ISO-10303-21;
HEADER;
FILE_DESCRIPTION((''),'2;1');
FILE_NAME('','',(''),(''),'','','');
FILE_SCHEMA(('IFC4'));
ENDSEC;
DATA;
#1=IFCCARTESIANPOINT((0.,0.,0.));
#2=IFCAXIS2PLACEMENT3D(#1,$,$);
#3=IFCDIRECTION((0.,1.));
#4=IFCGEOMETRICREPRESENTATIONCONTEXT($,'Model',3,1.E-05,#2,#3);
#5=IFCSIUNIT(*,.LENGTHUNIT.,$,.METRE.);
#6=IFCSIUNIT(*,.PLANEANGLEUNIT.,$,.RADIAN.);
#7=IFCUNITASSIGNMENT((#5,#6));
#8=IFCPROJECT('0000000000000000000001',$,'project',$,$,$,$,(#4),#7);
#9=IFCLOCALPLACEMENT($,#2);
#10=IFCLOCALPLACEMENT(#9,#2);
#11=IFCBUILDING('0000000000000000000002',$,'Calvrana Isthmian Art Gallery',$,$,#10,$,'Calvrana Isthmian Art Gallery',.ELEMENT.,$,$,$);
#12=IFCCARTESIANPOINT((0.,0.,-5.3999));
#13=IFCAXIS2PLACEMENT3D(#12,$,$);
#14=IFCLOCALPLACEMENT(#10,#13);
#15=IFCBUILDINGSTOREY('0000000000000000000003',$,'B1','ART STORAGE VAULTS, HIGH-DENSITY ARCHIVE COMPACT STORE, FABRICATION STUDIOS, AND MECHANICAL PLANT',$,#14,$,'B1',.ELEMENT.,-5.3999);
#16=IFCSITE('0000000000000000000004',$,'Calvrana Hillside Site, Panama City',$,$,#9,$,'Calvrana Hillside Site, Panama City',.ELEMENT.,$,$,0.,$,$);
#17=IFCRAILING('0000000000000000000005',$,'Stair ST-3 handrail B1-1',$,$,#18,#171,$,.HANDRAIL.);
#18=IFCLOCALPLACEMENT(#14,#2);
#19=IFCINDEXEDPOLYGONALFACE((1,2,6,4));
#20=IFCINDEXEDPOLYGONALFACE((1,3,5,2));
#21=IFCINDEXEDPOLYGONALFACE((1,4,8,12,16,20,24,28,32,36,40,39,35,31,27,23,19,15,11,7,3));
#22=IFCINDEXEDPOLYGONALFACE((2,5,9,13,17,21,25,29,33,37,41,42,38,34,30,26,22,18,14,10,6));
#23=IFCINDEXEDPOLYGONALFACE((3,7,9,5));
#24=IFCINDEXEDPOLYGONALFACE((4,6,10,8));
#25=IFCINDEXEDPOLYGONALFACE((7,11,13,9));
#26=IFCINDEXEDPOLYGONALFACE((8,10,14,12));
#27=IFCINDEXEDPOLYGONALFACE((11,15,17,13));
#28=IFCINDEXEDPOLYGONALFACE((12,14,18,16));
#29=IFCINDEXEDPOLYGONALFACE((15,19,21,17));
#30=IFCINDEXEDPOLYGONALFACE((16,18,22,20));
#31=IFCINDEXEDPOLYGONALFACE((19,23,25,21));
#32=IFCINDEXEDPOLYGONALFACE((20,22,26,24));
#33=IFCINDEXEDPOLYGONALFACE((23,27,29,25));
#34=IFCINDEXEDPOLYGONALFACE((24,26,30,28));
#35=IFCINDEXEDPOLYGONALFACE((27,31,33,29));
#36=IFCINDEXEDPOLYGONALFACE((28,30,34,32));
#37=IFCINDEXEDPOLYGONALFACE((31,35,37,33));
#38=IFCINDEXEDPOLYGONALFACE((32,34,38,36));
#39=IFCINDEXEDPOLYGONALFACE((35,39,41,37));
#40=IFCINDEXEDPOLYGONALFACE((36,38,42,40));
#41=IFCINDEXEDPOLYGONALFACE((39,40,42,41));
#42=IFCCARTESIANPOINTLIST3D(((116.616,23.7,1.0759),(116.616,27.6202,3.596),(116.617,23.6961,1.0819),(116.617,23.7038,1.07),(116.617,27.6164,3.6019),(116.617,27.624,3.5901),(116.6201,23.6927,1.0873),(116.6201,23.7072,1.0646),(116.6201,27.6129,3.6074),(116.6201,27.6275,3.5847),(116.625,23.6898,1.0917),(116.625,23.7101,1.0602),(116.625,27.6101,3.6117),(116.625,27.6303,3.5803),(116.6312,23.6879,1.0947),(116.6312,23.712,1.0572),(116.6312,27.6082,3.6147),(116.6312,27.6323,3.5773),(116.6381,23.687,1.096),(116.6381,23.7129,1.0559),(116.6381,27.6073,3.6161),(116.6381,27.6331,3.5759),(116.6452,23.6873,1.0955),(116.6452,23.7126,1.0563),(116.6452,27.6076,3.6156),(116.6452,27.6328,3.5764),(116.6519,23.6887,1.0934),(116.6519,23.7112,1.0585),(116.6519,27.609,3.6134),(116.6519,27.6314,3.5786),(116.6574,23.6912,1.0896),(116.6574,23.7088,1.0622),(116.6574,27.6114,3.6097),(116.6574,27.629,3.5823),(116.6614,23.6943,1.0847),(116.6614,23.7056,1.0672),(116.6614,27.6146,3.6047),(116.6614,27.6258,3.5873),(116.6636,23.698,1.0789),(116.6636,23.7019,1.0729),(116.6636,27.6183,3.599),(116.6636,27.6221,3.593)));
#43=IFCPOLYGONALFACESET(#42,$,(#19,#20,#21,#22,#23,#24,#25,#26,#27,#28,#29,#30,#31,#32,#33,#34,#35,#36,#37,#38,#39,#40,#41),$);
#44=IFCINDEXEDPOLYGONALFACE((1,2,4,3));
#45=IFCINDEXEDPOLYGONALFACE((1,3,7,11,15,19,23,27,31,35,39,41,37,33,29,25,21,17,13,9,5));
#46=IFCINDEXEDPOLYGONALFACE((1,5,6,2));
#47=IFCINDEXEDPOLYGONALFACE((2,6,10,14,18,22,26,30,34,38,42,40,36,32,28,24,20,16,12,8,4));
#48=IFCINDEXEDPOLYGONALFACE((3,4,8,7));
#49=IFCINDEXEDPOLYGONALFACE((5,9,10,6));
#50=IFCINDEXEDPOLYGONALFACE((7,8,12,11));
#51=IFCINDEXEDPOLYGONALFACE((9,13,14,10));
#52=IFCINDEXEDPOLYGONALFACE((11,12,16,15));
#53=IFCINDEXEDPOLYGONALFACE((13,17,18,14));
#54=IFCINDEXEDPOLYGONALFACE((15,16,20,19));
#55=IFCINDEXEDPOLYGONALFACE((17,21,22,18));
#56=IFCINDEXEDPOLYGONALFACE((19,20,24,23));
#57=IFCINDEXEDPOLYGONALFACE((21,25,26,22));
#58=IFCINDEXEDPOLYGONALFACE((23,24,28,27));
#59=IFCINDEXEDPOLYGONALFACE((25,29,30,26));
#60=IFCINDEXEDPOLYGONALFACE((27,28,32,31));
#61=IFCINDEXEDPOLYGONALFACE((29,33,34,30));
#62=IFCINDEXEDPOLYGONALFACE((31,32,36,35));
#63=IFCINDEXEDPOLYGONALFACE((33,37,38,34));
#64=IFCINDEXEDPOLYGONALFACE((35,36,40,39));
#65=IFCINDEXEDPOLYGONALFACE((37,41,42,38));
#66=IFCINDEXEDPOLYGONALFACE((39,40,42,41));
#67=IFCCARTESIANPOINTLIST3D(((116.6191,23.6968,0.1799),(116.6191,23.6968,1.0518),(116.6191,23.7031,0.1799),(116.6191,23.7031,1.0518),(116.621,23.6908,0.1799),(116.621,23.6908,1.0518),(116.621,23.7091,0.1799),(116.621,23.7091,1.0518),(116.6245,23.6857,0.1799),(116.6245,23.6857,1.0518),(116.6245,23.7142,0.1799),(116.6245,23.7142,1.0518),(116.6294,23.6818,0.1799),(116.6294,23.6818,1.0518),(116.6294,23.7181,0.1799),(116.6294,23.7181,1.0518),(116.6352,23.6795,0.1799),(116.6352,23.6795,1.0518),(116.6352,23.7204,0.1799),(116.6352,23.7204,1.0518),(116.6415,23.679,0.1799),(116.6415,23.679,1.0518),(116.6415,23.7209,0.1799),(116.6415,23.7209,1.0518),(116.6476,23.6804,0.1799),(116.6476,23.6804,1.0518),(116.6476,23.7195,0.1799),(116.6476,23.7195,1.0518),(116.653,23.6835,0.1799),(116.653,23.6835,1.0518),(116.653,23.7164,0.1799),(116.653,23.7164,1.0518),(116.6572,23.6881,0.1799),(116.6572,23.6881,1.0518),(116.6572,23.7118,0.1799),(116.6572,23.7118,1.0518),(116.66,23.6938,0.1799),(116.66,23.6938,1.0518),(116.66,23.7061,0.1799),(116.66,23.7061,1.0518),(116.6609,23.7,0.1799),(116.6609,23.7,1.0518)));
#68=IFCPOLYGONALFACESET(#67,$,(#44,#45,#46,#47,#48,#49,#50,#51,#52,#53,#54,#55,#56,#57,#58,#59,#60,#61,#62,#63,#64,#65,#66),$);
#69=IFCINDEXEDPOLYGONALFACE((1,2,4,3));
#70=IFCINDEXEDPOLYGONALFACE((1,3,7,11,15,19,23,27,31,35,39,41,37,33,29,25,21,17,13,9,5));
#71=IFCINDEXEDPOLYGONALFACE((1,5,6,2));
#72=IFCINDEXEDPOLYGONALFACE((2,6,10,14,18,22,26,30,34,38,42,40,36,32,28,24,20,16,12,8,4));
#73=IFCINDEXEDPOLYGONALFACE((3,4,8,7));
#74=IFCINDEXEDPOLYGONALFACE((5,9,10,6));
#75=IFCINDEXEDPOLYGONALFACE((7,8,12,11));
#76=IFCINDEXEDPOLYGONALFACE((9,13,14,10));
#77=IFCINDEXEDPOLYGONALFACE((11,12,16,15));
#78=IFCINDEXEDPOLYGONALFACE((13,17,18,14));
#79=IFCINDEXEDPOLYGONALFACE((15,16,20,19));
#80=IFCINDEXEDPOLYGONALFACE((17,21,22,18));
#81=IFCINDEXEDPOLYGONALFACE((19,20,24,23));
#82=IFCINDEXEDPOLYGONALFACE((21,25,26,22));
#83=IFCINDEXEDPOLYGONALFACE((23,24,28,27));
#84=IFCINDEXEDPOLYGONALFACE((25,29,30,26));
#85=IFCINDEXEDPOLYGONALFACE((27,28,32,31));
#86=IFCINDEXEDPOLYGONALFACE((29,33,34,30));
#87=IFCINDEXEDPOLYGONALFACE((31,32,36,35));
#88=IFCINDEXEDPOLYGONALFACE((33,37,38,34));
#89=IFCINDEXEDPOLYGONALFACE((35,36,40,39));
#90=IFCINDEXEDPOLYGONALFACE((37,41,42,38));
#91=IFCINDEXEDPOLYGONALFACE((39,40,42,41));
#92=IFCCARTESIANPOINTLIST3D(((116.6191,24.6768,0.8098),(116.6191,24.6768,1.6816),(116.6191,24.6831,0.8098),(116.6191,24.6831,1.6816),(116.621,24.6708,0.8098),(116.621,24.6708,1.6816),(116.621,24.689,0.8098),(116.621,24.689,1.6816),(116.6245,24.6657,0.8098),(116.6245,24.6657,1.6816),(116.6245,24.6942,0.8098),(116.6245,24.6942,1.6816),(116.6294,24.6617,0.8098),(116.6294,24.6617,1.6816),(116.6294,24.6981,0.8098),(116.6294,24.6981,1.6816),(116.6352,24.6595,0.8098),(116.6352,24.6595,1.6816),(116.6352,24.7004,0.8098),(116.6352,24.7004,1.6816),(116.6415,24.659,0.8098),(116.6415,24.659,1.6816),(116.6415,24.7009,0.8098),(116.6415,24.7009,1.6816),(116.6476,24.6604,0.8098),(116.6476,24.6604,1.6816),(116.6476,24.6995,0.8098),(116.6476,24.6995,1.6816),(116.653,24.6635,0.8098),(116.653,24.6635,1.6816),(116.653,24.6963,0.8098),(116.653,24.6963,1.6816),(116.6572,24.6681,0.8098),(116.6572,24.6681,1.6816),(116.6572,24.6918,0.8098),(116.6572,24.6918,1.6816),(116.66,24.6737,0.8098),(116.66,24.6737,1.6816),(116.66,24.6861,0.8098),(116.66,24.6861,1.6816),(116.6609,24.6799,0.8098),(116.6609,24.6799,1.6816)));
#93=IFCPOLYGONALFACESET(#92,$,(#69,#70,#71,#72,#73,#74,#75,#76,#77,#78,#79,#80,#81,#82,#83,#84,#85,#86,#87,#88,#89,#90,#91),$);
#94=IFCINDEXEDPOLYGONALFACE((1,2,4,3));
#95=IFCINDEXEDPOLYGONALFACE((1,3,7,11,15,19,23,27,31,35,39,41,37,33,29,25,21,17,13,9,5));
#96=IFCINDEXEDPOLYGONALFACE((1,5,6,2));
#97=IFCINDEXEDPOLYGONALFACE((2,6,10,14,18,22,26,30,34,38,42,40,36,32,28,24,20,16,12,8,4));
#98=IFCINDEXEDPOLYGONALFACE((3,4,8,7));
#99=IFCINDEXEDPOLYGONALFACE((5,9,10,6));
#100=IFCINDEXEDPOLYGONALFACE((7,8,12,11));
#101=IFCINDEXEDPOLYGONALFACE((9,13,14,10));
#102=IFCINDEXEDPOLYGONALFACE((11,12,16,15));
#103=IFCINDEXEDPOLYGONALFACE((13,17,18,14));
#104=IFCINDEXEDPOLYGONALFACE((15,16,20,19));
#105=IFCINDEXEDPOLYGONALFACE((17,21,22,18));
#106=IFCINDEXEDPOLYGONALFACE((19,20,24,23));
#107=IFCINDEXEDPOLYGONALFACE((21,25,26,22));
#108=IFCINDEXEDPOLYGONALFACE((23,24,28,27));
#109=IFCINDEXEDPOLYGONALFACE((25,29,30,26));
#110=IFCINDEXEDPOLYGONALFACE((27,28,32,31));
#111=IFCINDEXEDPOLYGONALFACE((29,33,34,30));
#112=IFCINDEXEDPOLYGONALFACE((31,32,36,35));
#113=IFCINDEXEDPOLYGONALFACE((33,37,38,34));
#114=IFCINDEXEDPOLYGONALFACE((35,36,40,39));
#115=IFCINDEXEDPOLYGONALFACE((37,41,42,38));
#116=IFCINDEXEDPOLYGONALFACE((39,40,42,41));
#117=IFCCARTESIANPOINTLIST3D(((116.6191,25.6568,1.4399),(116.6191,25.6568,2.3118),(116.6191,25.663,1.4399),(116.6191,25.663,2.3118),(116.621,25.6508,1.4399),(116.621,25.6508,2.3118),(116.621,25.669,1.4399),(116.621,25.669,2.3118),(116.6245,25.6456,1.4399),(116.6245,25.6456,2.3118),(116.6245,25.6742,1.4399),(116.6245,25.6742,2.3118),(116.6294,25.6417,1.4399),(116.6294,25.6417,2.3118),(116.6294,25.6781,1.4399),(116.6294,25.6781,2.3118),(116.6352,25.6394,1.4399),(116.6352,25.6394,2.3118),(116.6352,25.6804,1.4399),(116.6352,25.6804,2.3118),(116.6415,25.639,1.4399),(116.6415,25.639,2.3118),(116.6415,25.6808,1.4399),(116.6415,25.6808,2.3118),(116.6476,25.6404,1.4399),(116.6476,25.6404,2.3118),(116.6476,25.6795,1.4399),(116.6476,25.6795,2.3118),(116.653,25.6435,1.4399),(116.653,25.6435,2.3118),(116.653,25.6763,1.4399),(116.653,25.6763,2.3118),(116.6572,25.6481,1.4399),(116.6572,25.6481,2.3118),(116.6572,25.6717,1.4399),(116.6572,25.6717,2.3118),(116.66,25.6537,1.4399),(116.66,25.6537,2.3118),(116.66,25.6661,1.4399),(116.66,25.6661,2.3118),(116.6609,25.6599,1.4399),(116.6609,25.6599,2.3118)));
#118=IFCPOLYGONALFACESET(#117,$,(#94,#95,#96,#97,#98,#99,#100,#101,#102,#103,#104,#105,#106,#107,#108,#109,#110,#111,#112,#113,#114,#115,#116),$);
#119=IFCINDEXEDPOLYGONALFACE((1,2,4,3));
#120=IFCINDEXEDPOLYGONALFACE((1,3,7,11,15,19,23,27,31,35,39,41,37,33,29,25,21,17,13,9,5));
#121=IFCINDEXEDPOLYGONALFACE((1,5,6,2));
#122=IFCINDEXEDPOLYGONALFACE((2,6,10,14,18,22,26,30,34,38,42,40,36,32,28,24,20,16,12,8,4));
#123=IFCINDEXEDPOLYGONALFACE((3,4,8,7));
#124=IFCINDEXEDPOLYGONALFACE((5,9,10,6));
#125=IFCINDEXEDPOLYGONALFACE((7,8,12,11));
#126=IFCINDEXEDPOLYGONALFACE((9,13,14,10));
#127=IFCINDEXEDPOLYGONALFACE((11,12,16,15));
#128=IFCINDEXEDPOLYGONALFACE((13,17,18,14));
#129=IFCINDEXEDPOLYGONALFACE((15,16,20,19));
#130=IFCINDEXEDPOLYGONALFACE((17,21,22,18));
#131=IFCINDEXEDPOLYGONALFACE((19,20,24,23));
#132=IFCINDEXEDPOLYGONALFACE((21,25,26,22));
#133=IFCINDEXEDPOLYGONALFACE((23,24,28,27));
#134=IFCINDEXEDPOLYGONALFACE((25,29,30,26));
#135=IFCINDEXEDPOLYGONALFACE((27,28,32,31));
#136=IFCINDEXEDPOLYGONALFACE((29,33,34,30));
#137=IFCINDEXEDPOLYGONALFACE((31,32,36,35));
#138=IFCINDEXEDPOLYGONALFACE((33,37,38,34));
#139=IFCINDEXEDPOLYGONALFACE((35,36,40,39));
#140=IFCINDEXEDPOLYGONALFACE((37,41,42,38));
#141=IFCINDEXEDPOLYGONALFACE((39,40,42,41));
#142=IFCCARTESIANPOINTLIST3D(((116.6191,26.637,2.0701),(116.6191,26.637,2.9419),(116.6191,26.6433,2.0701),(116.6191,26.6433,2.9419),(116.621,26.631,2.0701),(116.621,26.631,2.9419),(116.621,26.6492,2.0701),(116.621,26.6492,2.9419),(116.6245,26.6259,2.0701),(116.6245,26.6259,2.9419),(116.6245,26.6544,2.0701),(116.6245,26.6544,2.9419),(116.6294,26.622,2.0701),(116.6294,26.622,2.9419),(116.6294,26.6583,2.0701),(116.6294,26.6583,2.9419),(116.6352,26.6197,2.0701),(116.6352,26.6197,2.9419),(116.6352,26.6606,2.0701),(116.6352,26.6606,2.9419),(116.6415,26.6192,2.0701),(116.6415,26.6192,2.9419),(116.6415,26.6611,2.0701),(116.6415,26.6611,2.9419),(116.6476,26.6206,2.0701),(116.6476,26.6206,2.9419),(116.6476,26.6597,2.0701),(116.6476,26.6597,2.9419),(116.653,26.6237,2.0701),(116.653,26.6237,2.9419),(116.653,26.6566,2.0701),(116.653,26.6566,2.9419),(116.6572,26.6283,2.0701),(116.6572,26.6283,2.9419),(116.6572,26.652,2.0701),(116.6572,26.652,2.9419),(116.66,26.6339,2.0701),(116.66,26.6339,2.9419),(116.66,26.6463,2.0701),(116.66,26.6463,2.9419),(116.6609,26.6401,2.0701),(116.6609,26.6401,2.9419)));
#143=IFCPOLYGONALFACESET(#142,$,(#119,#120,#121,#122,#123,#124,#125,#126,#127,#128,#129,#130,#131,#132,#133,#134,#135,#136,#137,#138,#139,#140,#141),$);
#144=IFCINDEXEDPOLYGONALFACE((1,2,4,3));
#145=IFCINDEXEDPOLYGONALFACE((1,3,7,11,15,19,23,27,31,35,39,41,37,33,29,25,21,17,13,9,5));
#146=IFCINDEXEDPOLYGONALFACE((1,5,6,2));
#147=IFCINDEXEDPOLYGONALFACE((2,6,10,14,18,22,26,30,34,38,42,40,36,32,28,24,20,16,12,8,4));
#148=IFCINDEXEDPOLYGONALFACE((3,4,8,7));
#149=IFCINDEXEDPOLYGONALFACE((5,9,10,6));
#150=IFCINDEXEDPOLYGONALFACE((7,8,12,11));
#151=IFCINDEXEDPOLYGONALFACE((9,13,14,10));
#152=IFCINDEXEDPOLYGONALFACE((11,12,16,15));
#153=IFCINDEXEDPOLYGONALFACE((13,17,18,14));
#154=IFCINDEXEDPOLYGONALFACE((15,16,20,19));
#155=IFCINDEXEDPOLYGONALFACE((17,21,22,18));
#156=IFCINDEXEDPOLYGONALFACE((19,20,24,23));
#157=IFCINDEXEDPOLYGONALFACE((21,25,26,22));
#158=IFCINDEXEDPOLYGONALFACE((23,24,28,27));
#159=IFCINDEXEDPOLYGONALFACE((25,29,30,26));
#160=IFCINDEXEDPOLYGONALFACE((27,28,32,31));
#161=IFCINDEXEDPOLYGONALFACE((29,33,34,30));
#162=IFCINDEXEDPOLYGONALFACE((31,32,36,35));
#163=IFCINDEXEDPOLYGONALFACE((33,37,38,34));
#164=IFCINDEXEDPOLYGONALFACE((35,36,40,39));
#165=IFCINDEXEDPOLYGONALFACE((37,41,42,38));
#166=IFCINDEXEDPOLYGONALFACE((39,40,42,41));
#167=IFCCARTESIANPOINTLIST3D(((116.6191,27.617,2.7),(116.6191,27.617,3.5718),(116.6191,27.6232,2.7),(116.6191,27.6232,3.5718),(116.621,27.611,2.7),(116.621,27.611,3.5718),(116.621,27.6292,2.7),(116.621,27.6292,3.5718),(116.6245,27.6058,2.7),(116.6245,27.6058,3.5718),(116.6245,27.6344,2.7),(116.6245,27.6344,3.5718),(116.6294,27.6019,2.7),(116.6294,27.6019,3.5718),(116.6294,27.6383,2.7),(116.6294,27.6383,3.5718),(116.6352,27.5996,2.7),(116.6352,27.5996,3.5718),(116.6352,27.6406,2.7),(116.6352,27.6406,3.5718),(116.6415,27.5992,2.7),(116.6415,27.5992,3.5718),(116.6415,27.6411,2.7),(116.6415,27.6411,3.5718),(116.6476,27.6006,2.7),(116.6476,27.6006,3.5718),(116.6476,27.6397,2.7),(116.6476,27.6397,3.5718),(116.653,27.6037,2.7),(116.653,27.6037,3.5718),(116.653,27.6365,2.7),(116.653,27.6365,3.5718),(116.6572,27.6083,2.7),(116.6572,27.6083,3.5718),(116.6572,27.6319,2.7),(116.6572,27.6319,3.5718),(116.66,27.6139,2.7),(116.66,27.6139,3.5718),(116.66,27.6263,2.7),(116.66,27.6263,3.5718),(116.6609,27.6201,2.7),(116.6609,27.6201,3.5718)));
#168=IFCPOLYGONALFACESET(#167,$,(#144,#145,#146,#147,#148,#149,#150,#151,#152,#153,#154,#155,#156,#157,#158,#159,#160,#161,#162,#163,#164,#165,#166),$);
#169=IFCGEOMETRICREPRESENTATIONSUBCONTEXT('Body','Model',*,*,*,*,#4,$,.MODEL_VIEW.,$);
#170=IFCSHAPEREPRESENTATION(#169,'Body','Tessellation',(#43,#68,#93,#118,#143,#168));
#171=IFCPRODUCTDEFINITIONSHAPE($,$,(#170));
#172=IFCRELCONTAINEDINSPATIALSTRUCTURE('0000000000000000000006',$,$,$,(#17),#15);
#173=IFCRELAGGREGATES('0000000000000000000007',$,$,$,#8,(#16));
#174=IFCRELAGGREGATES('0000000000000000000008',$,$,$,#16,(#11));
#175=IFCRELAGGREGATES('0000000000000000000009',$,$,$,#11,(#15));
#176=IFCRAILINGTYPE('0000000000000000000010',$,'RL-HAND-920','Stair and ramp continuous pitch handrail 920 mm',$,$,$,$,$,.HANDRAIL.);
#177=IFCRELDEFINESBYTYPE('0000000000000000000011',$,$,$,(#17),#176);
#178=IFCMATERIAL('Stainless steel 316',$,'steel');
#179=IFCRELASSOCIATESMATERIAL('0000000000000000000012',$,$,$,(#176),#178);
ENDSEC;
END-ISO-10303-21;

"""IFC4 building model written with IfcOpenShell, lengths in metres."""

from ifc_helpers import new_model, si_unit, direction, frame, origin, origin_2d, place, context, subcontext, project, spatial, circle, extrude, material, type_object, element, save


model = new_model("IFC4")

# Units and contexts
model_context = context("Model", 3, precision=1e-05, world=origin(), true_north=direction((0.0, 1.0)))
body_context = subcontext(model_context, "Body", "Model", "MODEL_VIEW")
ifc_project = project(units=[si_unit("LENGTHUNIT", "METRE"), si_unit("PLANEANGLEUNIT", "RADIAN")], contexts=[model_context])

# Site, building, storey
site_placement = place(None, origin())
site = spatial("IfcSite", under=ifc_project, at=site_placement, Name="Calvrana Hillside Site, Panama City", LongName="Calvrana Hillside Site, Panama City", CompositionType="ELEMENT", RefElevation=0.0)
building_placement = place(site_placement, origin())
building = spatial("IfcBuilding", under=site, at=building_placement, Name="Calvrana Isthmian Art Gallery", LongName="Calvrana Isthmian Art Gallery", CompositionType="ELEMENT")
storey_placement = place(building_placement, frame((0.0, 0.0, -5.3999)))
storey = spatial("IfcBuildingStorey", under=building, at=storey_placement, Name="B1", Description="ART STORAGE VAULTS, HIGH-DENSITY ARCHIVE COMPACT STORE, FABRICATION STUDIOS, AND MECHANICAL PLANT", LongName="B1", CompositionType="ELEMENT", Elevation=-5.3999)

# Shared definitions
ifc_material_1 = material(Name="Stainless steel 316", Category="steel")

# Railing
railing_type_1 = type_object("IfcRailingType", Name="RL-HAND-920", Description="Stair and ramp continuous pitch handrail 920 mm", PredefinedType="HANDRAIL", material=ifc_material_1)
railing_1_placement = place(storey_placement, frame((116.6399, 23.7, 0.1799)))
element("IfcRailing", 1, at=railing_1_placement, inside=storey, type_object=railing_type_1, Name="Stair ST-3 handrail B1-1", PredefinedType="HANDRAIL", context=body_context, shape_type="SweptSolid", body=[
    extrude(circle(Radius=0.0239, at=origin_2d()), frame((0.0, 0.0, 0.896), z_axis=(0.0, 0.841187, 0.540744), x_axis=(-1.0, 0.0, 0.0)), (0.0, 0.0, 1.0), 4.6604),
    extrude(circle(Radius=0.021, at=origin_2d()), origin(), (0.0, 0.0, 1.0), 0.8718),
    extrude(circle(Radius=0.021, at=origin_2d()), frame((0.0, 0.98, 0.6299)), (0.0, 0.0, 1.0), 0.8718),
    extrude(circle(Radius=0.021, at=origin_2d()), frame((0.0, 1.96, 1.26)), (0.0, 0.0, 1.0), 0.8718),
    extrude(circle(Radius=0.021, at=origin_2d()), frame((0.0, 2.9402, 1.8901)), (0.0, 0.0, 1.0), 0.8718),
    extrude(circle(Radius=0.021, at=origin_2d()), frame((0.0, 3.9202, 2.52)), (0.0, 0.0, 1.0), 0.8718),
])

save(model, "model.ifc")
